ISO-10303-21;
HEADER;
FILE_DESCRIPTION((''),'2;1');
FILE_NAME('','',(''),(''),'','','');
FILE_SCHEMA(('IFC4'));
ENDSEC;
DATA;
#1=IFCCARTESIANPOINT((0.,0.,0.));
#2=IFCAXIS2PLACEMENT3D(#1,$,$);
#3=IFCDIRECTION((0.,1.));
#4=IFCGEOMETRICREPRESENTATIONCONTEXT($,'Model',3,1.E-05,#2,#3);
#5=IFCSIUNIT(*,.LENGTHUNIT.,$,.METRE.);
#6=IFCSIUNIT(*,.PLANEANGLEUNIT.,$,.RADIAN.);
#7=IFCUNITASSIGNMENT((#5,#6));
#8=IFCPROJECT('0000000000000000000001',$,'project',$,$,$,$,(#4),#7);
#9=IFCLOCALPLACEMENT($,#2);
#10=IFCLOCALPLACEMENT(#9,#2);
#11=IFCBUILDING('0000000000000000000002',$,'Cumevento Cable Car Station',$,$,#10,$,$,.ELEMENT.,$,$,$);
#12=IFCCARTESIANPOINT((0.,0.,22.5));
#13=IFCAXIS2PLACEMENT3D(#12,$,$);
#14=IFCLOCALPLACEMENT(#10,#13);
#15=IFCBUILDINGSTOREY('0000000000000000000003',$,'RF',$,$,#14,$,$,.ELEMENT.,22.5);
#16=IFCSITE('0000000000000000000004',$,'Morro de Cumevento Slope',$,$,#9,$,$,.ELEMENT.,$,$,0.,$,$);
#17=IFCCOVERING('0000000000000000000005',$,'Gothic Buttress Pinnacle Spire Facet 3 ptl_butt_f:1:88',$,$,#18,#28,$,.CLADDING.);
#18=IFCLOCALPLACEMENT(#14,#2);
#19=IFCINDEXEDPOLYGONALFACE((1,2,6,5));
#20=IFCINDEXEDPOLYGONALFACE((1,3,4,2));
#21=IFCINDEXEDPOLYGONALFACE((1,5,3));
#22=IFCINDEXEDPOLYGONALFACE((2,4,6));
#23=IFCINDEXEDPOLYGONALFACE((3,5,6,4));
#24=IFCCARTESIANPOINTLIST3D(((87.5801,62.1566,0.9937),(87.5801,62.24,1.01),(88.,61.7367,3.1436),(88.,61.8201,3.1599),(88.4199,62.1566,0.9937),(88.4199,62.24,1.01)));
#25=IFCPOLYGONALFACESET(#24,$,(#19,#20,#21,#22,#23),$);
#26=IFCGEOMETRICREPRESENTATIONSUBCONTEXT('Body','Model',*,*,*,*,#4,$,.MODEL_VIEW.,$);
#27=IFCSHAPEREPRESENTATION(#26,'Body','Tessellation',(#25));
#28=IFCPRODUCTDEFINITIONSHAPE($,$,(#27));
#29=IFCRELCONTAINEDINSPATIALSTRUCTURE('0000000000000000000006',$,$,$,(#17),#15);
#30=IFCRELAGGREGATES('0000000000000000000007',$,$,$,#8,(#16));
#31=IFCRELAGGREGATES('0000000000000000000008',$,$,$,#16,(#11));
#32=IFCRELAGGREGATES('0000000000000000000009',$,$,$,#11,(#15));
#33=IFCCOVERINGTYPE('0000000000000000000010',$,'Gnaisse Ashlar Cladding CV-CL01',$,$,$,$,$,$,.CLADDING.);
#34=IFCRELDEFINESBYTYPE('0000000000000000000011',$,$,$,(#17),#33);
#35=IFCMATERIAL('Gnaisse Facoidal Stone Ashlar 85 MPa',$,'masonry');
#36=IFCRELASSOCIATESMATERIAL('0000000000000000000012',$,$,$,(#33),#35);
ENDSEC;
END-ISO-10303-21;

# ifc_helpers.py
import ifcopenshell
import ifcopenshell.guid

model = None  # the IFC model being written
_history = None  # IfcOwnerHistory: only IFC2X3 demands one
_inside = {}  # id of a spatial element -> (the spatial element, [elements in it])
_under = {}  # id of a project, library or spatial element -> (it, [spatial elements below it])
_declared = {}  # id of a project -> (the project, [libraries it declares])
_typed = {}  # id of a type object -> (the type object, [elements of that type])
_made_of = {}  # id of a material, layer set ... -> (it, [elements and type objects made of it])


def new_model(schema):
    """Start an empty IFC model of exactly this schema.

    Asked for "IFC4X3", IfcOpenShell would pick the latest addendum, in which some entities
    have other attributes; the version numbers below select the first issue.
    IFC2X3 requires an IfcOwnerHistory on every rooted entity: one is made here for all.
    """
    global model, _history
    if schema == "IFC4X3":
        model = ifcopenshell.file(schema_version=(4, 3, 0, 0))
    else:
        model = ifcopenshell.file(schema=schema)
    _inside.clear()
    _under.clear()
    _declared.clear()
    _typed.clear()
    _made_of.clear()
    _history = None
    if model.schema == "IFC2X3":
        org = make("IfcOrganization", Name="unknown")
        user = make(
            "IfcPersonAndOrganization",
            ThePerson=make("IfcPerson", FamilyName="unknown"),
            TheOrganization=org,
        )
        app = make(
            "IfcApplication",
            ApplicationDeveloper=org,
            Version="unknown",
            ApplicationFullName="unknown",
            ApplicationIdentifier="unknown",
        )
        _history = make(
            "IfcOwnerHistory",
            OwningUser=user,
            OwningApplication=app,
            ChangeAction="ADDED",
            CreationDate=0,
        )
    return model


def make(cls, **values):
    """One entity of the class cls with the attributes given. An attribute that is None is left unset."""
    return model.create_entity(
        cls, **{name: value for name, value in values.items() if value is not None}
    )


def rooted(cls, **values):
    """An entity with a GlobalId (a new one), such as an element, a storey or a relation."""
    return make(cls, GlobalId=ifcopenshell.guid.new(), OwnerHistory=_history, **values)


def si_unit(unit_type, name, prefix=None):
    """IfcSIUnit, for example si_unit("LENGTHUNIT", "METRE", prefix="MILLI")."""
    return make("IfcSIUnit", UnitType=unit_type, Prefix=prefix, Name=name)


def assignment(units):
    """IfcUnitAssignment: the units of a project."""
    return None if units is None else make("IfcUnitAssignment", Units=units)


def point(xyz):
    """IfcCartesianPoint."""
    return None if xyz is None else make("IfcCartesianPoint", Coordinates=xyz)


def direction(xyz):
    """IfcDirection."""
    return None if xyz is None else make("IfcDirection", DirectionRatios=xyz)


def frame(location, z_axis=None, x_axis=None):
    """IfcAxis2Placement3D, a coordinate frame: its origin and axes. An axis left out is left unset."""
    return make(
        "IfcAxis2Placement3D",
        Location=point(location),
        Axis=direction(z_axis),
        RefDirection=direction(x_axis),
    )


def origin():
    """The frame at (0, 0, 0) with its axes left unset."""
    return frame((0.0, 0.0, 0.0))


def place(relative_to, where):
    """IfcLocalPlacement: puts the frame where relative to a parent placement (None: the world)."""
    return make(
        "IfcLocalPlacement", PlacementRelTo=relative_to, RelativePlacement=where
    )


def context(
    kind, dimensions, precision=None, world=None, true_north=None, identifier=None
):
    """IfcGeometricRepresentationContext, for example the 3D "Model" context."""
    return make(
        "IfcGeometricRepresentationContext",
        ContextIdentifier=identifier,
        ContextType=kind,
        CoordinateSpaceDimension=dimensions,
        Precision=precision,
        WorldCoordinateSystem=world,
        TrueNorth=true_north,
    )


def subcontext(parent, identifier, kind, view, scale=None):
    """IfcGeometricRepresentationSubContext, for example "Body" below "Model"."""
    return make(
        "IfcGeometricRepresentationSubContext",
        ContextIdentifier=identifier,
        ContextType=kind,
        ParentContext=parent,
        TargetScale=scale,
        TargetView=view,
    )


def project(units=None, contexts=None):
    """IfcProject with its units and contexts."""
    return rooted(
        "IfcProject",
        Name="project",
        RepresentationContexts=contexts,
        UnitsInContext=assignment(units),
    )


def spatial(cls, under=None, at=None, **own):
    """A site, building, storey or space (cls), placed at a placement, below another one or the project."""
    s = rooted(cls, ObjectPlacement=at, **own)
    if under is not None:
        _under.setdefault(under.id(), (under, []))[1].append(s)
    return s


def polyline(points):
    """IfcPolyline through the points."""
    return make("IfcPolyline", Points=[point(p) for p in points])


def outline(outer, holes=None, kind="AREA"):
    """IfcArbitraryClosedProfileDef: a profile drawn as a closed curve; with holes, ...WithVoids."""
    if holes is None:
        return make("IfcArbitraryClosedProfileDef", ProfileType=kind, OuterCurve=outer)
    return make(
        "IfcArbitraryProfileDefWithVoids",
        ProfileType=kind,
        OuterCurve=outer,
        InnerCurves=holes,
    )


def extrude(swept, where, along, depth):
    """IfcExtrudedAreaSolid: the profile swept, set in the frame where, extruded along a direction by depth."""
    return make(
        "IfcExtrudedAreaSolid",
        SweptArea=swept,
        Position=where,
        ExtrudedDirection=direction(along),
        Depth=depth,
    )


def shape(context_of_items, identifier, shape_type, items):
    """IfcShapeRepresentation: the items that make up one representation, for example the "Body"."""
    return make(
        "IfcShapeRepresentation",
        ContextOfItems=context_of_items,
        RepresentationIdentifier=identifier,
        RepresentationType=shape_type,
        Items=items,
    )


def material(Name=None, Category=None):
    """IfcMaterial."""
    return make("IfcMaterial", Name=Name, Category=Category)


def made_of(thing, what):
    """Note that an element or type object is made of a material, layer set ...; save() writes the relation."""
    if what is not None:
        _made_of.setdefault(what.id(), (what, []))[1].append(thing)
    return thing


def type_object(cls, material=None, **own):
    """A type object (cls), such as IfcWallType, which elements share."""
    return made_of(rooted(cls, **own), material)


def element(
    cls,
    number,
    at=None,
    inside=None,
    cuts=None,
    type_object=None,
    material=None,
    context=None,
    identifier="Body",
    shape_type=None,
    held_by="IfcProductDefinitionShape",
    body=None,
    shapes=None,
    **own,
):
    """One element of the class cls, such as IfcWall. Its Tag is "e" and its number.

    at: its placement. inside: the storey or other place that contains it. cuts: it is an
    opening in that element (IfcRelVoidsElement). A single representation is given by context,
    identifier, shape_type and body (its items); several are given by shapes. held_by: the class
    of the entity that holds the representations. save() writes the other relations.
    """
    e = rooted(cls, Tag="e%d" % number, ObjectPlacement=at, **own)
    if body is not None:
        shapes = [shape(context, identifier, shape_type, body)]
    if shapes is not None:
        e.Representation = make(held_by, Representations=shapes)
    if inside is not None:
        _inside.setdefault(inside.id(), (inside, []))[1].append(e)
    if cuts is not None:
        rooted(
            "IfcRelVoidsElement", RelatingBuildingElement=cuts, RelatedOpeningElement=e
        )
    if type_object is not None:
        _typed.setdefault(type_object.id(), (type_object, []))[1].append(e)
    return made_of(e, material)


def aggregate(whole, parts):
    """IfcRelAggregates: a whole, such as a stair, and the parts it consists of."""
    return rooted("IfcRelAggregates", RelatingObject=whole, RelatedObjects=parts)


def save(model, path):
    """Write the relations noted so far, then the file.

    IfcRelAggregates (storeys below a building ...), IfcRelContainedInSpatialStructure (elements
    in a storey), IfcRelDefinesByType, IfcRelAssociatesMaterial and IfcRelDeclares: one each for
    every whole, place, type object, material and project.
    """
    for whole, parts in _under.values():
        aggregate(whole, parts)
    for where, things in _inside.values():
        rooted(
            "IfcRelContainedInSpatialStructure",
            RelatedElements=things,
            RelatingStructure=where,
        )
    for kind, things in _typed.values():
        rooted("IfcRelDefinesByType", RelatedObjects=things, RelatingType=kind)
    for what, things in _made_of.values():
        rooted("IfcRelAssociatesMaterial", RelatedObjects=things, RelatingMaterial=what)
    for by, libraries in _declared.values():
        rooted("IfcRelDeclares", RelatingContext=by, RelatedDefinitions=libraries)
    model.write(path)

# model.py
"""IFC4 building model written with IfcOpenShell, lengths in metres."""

from ifc_helpers import new_model, si_unit, direction, frame, origin, place, context, subcontext, project, spatial, polyline, outline, extrude, material, type_object, element, save


model = new_model("IFC4")

# Units and contexts
model_context = context("Model", 3, precision=1e-05, world=origin(), true_north=direction((0.0, 1.0)))
body_context = subcontext(model_context, "Body", "Model", "MODEL_VIEW")
ifc_project = project(units=[si_unit("LENGTHUNIT", "METRE"), si_unit("PLANEANGLEUNIT", "RADIAN")], contexts=[model_context])

# Site, building, storey
site_placement = place(None, origin())
site = spatial("IfcSite", under=ifc_project, at=site_placement, Name="Morro de Cumevento Slope", CompositionType="ELEMENT", RefElevation=0.0)
building_placement = place(site_placement, origin())
building = spatial("IfcBuilding", under=site, at=building_placement, Name="Cumevento Cable Car Station", CompositionType="ELEMENT")
storey_placement = place(building_placement, frame((0.0, 0.0, 22.5)))
storey = spatial("IfcBuildingStorey", under=building, at=storey_placement, Name="RF", CompositionType="ELEMENT", Elevation=22.5)

# Covering
ifc_material_1 = material(Name="Gnaisse Facoidal Stone Ashlar 85 MPa", Category="masonry")
covering_type = type_object("IfcCoveringType", Name="Gnaisse Ashlar Cladding CV-CL01", PredefinedType="CLADDING", material=ifc_material_1)
covering_1_placement = place(storey_placement, frame((87.5801, 62.24, 1.01), z_axis=(0.0, 0.981454, 0.191699), x_axis=(1.0, 0.0, 0.0)))
element("IfcCovering", 1, at=covering_1_placement, inside=storey, type_object=covering_type, Name="Gothic Buttress Pinnacle Spire Facet 3 ptl_butt_f:1:88", PredefinedType="CLADDING", context=body_context, shape_type="SweptSolid", body=[
    extrude(outline(polyline([(0.0, 0.0), (0.8398, 0.0), (0.4199, -2.1905), (0.0, 0.0)])), origin(), (0.0, 0.0, -1.0), 0.085),
])

save(model, "model.ifc")
